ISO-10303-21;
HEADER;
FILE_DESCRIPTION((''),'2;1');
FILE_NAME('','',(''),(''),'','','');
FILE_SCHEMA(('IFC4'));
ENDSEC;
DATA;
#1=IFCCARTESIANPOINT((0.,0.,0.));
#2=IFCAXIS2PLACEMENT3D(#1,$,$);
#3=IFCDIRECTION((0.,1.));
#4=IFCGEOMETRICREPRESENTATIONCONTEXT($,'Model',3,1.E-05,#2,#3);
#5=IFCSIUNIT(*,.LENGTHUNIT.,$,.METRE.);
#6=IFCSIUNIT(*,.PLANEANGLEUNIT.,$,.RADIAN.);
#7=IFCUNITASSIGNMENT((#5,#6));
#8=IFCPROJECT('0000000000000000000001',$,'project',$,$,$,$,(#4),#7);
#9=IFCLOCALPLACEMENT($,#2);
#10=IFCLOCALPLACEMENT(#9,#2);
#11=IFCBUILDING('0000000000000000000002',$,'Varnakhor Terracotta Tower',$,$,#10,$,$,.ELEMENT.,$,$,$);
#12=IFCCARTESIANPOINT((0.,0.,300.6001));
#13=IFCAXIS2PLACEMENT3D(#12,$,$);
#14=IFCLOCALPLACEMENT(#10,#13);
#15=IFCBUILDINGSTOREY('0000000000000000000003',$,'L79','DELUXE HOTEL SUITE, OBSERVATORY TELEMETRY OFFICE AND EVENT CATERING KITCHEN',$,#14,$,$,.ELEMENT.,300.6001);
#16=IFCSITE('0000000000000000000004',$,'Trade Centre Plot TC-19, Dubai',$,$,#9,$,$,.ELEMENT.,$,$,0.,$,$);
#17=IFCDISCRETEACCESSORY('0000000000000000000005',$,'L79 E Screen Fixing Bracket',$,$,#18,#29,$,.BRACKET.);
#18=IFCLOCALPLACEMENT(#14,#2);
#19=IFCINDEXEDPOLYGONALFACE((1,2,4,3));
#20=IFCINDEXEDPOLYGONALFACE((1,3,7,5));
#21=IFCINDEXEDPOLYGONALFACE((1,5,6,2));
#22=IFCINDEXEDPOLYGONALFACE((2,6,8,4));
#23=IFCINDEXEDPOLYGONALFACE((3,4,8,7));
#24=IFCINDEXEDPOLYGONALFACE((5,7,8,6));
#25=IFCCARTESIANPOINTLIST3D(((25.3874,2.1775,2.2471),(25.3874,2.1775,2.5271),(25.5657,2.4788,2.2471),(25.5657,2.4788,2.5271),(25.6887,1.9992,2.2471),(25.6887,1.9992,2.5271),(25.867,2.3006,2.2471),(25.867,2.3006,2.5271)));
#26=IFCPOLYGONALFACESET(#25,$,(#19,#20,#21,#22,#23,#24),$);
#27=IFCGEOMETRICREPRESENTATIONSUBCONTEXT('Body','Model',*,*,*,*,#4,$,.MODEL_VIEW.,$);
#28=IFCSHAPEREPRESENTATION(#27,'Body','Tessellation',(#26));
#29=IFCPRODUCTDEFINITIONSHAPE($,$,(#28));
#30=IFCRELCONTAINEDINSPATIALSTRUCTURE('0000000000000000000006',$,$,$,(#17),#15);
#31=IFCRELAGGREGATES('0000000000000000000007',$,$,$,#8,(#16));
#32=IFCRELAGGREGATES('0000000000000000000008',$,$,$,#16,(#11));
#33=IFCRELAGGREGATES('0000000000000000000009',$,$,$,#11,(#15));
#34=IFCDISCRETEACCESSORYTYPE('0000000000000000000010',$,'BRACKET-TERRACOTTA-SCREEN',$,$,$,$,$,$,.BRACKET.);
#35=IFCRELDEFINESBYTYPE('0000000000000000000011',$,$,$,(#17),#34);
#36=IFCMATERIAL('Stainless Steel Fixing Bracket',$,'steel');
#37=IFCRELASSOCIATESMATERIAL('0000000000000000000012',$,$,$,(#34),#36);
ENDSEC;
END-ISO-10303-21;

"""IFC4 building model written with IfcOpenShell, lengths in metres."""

from ifc_helpers import new_model, si_unit, direction, frame, origin, origin_2d, place, context, subcontext, project, spatial, rectangle, extrude, source, transform, mapped, material, type_object, type_shapes, element, save


model = new_model("IFC4")

# Units and contexts
model_context = context("Model", 3, precision=1e-05, world=origin(), true_north=direction((0.0, 1.0)))
body_context = subcontext(model_context, "Body", "Model", "MODEL_VIEW")
ifc_project = project(units=[si_unit("LENGTHUNIT", "METRE"), si_unit("PLANEANGLEUNIT", "RADIAN")], contexts=[model_context])

# Site, building, storey
site_placement = place(None, origin())
site = spatial("IfcSite", under=ifc_project, at=site_placement, Name="Trade Centre Plot TC-19, Dubai", CompositionType="ELEMENT", RefElevation=0.0)
building_placement = place(site_placement, origin())
building = spatial("IfcBuilding", under=site, at=building_placement, Name="Varnakhor Terracotta Tower", CompositionType="ELEMENT")
storey_placement = place(building_placement, frame((0.0, 0.0, 300.6001)))
storey = spatial("IfcBuildingStorey", under=building, at=storey_placement, Name="L79", Description="DELUXE HOTEL SUITE, OBSERVATORY TELEMETRY OFFICE AND EVENT CATERING KITCHEN", CompositionType="ELEMENT", Elevation=300.6001)

# Discrete accessory
ifc_material_1 = material(Name="Stainless Steel Fixing Bracket", Category="steel")
discrete_accessory_type = type_object("IfcDiscreteAccessoryType", Name="BRACKET-TERRACOTTA-SCREEN", PredefinedType="BRACKET", material=ifc_material_1)
shared_shape_1 = source(origin(), body_context, "Body", "SweptSolid", [
    extrude(rectangle(XDim=0.3501, YDim=0.3501, at=origin_2d()), origin(), (0.0, 0.0, 1.0), 0.28),
])
type_shapes(discrete_accessory_type, [shared_shape_1])
discrete_accessory_placement = place(storey_placement, frame((25.6272, 2.239, 2.2471), z_axis=(0.0, 0.0, 1.0), x_axis=(0.509132, 0.860689, 0.0)))
element("IfcDiscreteAccessory", 1, at=discrete_accessory_placement, inside=storey, type_object=discrete_accessory_type, Name="L79 E Screen Fixing Bracket", PredefinedType="BRACKET", context=body_context, shape_type="MappedRepresentation", body=[
    mapped(shared_shape_1, transform((0.0, 0.0, 0.0), scale=1.0)),
])

save(model, "model.ifc")
